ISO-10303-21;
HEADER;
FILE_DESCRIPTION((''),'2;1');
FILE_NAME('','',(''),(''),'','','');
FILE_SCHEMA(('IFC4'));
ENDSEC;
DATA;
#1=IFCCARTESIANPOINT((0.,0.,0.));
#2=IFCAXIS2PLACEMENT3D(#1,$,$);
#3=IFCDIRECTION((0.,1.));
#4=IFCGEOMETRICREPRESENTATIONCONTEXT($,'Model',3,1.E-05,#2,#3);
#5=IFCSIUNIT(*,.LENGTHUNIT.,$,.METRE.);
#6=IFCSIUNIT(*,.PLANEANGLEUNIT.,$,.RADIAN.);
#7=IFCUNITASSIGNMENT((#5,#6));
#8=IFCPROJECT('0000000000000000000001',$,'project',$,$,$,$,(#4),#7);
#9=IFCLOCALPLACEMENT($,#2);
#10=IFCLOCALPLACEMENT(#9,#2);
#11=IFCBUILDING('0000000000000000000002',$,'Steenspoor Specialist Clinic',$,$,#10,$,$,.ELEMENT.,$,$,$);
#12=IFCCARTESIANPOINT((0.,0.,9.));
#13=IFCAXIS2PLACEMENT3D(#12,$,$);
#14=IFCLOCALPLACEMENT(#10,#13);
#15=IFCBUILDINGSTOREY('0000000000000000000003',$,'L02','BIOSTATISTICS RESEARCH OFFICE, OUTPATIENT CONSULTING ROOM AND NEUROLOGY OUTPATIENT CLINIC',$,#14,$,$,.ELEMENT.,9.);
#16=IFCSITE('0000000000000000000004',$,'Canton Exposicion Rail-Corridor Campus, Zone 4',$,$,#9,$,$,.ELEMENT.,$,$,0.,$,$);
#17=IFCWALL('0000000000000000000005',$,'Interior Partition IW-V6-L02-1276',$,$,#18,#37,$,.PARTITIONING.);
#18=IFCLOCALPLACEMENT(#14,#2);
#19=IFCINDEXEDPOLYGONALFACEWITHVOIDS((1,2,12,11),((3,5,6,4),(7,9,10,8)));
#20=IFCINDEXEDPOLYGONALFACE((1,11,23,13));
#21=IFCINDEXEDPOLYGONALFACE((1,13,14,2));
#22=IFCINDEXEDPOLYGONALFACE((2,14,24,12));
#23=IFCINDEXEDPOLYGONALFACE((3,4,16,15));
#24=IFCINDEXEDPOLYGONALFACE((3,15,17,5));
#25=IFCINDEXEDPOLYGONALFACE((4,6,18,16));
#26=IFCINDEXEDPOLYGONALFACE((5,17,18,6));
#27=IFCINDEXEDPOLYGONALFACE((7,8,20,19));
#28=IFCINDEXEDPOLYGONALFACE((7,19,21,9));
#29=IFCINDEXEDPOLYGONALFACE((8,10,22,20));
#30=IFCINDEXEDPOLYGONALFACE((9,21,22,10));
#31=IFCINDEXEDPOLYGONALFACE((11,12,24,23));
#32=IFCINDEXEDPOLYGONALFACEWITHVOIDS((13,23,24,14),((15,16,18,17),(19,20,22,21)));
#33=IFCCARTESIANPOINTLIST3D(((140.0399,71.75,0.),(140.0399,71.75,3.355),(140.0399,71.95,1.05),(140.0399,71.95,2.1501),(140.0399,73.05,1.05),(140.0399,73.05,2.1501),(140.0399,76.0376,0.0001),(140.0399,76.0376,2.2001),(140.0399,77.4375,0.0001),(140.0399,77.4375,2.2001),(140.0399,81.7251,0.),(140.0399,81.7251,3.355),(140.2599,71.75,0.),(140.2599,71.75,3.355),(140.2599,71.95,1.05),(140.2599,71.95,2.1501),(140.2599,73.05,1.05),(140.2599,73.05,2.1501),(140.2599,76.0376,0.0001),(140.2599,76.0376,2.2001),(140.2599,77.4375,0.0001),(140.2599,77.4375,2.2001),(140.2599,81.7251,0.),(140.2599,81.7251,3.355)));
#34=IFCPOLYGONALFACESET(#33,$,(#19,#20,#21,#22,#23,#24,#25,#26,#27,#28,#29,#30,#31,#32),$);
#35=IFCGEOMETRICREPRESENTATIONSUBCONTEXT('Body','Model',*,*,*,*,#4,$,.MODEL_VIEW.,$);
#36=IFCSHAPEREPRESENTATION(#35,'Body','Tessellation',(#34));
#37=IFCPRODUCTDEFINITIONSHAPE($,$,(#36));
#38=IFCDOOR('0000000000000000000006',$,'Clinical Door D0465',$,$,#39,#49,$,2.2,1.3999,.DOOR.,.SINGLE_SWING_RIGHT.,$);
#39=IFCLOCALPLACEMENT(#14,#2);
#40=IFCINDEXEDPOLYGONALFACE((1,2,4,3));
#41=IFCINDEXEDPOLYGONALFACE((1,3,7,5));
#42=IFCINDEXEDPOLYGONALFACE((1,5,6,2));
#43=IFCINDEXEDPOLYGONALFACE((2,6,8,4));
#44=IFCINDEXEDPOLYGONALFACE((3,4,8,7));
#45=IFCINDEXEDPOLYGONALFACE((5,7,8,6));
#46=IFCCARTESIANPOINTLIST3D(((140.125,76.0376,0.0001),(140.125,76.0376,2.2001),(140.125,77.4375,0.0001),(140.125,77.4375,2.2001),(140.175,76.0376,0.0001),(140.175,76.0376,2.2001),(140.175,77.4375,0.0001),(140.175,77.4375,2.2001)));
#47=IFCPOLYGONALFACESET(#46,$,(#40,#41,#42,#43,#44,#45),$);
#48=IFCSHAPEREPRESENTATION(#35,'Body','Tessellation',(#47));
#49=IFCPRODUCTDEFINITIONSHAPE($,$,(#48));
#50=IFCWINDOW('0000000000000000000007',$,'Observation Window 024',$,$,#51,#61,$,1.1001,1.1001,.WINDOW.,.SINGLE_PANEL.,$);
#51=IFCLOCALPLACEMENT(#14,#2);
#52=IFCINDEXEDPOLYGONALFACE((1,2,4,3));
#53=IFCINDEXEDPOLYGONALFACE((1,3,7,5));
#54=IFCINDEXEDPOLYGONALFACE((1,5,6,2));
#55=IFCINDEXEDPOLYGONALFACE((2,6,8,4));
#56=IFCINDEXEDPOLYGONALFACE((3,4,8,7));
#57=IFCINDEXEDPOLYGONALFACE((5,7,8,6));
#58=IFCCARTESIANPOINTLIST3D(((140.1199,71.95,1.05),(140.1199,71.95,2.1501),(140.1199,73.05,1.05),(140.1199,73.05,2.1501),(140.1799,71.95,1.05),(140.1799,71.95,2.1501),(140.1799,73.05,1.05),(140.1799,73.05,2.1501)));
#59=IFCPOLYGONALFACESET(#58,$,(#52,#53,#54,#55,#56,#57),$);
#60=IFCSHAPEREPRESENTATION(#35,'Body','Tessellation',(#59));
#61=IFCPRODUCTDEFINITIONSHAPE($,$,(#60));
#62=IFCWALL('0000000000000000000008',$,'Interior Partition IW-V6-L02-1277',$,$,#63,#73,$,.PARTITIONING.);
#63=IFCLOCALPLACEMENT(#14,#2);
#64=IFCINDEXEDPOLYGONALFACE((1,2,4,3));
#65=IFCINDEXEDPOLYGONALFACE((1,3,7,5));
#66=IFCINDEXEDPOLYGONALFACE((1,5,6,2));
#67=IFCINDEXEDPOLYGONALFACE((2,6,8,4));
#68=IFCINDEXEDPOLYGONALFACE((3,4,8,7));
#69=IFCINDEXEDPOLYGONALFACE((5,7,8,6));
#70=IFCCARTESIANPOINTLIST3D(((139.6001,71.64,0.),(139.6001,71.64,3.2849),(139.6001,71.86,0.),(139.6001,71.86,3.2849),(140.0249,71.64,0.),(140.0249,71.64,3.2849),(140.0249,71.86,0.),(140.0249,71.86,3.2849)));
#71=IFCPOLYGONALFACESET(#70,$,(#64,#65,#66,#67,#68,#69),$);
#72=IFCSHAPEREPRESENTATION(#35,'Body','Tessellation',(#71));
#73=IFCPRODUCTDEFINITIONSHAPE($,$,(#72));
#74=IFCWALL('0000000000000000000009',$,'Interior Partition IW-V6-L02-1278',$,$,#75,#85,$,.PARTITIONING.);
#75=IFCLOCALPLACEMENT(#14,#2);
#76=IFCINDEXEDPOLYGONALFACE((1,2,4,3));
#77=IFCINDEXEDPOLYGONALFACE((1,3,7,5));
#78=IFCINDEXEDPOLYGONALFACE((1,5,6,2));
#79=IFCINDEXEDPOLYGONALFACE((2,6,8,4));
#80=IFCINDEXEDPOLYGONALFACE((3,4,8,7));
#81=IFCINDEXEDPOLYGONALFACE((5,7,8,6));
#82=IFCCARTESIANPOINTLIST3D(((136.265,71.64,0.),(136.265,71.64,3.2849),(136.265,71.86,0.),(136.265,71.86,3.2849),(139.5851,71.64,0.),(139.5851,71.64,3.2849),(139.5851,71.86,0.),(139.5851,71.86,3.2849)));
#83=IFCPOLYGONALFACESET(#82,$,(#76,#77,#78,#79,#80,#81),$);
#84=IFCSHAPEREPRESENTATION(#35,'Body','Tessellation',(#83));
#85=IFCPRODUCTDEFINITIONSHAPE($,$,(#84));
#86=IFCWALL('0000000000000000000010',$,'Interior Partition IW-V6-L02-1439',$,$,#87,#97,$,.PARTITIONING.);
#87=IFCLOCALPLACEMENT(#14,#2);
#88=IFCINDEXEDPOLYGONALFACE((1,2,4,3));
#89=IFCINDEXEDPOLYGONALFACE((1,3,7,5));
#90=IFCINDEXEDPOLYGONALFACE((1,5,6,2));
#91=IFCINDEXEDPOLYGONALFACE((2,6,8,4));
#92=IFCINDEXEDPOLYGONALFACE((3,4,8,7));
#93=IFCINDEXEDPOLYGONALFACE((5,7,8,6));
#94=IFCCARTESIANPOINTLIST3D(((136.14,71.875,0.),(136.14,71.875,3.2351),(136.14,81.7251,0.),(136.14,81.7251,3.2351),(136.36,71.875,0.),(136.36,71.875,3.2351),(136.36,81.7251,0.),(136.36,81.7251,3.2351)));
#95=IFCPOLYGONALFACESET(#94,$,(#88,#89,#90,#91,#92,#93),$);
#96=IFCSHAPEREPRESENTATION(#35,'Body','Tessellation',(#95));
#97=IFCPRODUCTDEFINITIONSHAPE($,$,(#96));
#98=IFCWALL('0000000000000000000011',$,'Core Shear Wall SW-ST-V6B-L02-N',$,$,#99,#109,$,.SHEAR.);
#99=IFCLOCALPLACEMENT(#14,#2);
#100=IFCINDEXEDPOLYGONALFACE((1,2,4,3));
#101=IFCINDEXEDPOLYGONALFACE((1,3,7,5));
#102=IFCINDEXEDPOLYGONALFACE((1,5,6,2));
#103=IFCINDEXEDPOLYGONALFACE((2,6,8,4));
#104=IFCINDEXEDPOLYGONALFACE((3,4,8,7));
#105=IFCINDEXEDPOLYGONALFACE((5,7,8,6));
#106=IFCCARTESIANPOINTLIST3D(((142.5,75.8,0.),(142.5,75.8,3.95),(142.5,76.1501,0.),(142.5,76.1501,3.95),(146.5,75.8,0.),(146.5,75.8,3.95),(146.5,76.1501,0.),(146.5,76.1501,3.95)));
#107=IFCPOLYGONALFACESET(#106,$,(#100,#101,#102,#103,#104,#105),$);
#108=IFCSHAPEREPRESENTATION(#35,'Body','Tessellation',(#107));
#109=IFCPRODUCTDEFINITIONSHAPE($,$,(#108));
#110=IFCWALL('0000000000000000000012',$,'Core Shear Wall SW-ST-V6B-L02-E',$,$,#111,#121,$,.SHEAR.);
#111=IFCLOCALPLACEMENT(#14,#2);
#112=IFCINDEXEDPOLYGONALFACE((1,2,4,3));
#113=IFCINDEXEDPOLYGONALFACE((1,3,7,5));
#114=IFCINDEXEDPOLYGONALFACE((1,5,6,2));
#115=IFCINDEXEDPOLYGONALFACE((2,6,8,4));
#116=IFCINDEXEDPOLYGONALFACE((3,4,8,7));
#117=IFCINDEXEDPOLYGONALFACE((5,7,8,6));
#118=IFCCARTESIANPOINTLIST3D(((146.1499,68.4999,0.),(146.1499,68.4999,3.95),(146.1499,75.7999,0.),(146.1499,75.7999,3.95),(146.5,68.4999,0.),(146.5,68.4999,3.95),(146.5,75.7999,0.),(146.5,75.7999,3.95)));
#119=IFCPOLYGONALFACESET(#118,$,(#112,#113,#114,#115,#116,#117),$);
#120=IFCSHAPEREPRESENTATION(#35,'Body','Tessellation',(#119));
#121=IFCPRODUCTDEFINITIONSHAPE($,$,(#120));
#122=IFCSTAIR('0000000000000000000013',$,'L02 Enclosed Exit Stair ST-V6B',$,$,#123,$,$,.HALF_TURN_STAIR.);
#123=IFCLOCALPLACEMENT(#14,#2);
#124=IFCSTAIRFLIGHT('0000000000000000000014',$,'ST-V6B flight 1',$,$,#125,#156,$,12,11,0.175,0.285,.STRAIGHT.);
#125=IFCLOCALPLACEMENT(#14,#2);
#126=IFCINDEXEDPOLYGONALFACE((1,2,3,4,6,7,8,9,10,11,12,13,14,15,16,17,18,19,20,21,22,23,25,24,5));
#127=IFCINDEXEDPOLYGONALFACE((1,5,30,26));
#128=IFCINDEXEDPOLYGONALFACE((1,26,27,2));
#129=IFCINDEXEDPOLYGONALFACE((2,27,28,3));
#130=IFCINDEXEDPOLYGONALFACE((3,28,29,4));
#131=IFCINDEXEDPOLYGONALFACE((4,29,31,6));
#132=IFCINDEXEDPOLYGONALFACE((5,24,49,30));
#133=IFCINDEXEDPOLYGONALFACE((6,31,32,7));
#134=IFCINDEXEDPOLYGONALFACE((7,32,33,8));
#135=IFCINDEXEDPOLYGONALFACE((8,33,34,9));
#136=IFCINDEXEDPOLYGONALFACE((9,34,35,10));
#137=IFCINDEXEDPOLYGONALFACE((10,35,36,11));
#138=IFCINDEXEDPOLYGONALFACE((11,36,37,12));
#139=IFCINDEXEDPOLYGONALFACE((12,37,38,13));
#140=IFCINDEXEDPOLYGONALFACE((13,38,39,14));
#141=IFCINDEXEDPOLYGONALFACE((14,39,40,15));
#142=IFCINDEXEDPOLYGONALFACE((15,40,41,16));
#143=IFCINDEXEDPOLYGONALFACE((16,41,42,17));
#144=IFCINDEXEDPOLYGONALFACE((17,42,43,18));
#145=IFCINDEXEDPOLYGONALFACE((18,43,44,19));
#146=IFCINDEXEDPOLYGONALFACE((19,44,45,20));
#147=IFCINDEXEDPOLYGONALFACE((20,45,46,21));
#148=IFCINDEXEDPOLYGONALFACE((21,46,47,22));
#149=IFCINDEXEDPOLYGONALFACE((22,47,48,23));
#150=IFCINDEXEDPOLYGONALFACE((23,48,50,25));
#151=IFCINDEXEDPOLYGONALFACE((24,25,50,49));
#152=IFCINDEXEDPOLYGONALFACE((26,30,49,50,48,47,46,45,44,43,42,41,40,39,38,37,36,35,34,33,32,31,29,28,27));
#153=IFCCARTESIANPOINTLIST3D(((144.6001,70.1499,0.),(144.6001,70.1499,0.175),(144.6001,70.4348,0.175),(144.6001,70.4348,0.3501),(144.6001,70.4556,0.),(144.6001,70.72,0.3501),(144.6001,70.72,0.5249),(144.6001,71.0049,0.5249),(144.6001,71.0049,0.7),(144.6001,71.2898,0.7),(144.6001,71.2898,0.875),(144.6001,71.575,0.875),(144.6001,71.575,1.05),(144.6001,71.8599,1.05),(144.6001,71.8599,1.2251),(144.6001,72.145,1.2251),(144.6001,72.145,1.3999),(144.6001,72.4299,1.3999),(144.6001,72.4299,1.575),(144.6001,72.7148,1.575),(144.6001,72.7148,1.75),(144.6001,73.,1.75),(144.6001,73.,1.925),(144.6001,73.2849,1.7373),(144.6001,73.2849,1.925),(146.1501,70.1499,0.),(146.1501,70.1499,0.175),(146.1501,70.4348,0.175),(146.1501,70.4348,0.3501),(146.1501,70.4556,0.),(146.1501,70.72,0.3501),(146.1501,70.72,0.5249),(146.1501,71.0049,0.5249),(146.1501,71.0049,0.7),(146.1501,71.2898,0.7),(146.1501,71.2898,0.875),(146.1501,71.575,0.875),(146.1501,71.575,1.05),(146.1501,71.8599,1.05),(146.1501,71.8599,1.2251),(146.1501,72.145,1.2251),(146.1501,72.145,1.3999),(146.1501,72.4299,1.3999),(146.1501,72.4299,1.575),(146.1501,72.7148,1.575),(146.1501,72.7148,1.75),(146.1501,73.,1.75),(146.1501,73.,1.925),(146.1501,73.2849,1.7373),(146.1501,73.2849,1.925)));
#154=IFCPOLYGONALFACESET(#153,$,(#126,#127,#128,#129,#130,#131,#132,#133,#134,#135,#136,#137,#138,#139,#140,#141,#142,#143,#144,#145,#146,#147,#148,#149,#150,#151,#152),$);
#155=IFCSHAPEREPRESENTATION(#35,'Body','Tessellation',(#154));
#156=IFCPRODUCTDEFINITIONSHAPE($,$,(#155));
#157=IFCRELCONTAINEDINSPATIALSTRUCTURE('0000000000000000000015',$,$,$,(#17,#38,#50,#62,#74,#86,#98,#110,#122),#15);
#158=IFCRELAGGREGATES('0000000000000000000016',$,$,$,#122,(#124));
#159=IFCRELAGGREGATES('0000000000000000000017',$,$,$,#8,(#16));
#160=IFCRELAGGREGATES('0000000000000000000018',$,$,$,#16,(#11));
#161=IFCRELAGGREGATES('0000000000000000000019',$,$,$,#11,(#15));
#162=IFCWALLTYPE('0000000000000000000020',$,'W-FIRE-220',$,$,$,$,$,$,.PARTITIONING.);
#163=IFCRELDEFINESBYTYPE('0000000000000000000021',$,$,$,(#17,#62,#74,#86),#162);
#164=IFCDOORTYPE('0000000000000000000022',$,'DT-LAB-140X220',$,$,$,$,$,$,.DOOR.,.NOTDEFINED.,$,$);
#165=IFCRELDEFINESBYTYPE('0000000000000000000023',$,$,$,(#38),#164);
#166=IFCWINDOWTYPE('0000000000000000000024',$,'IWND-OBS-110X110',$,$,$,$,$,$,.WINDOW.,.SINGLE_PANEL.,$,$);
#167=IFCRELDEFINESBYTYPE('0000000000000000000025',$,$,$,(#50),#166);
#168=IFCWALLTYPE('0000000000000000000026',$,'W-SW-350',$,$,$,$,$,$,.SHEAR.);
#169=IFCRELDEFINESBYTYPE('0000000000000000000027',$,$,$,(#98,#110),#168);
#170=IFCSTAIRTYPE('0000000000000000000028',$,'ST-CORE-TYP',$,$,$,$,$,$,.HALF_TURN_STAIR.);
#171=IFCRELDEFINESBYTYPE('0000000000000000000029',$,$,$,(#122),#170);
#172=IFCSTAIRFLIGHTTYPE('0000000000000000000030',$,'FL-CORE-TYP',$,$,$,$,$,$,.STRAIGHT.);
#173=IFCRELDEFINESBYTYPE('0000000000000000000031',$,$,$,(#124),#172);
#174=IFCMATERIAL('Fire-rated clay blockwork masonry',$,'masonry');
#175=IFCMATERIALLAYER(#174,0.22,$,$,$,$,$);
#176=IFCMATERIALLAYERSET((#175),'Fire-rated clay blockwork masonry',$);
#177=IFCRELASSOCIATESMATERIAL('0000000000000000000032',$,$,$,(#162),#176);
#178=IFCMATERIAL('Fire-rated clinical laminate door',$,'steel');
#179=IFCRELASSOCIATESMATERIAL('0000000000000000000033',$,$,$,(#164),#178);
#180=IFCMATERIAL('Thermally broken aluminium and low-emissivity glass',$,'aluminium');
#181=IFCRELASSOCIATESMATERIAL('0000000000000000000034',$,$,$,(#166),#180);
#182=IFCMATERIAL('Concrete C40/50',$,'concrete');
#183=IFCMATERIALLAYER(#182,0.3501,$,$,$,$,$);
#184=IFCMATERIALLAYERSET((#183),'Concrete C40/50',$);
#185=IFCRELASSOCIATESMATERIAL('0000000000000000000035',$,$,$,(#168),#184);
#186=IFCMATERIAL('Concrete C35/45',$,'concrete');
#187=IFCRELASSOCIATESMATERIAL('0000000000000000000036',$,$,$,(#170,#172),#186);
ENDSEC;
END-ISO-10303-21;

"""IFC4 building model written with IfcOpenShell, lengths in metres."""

from ifc_helpers import new_model, si_unit, direction, frame, frame_2d, origin, place, context, subcontext, project, spatial, polyline, rectangle, outline, extrude, material, layer, layer_set, type_object, element, fill, aggregate, save


model = new_model("IFC4")

# Units and contexts
model_context = context("Model", 3, precision=1e-05, world=origin(), true_north=direction((0.0, 1.0)))
body_context = subcontext(model_context, "Body", "Model", "MODEL_VIEW")
ifc_project = project(units=[si_unit("LENGTHUNIT", "METRE"), si_unit("PLANEANGLEUNIT", "RADIAN")], contexts=[model_context])

# Site, building, storey
site_placement = place(None, origin())
site = spatial("IfcSite", under=ifc_project, at=site_placement, Name="Canton Exposicion Rail-Corridor Campus, Zone 4", CompositionType="ELEMENT", RefElevation=0.0)
building_placement = place(site_placement, origin())
building = spatial("IfcBuilding", under=site, at=building_placement, Name="Steenspoor Specialist Clinic", CompositionType="ELEMENT")
storey_placement = place(building_placement, frame((0.0, 0.0, 9.0)))
storey = spatial("IfcBuildingStorey", under=building, at=storey_placement, Name="L02", Description="BIOSTATISTICS RESEARCH OFFICE, OUTPATIENT CONSULTING ROOM AND NEUROLOGY OUTPATIENT CLINIC", CompositionType="ELEMENT", Elevation=9.0)

# Shared definitions
ifc_material_1 = material(Name="Concrete C40/50", Category="concrete")

# Shared definitions
ifc_material_2 = material(Name="Concrete C35/45", Category="concrete")

# Wall, openings, door, window
ifc_material_3 = material(Name="Fire-rated clay blockwork masonry", Category="masonry")
ifc_layer_1 = layer(ifc_material_3, 0.22)
ifc_layer_set_1 = layer_set([ifc_layer_1], Name="Fire-rated clay blockwork masonry")
wall_type_1 = type_object("IfcWallType", Name="W-FIRE-220", PredefinedType="PARTITIONING", material=ifc_layer_set_1)
wall_1_placement = place(storey_placement, frame((140.1499, 71.75, 0.0), z_axis=(0.0, 0.0, 1.0), x_axis=(0.0, 1.0, 0.0)))
wall_1 = element("IfcWall", 1, at=wall_1_placement, inside=storey, type_object=wall_type_1, Name="Interior Partition IW-V6-L02-1276", PredefinedType="PARTITIONING", context=body_context, shape_type="SweptSolid", body=[
    extrude(rectangle(XDim=9.9751, YDim=0.22, at=frame_2d((4.9875, 0.0))), origin(), (0.0, 0.0, 1.0), 3.355),
])
opening_1_placement = place(wall_1_placement, frame((4.2876, 0.0, 0.0)))
opening_1 = element("IfcOpeningElement", 2, at=opening_1_placement, cuts=wall_1, PredefinedType="OPENING", context=body_context, shape_type="SweptSolid", body=[
    extrude(rectangle(XDim=1.3999, YDim=2.2, at=frame_2d((0.7, 1.1001))), frame((0.0, 0.1201, 0.0), z_axis=(0.0, -1.0, 0.0), x_axis=(1.0, 0.0, 0.0)), (0.0, 0.0, 1.0), 0.24),
])
opening_2_placement = place(wall_1_placement, frame((0.2, 0.0, 1.05)))
opening_2 = element("IfcOpeningElement", 3, at=opening_2_placement, cuts=wall_1, PredefinedType="OPENING", context=body_context, shape_type="SweptSolid", body=[
    extrude(rectangle(XDim=1.1001, YDim=1.1001, at=frame_2d((0.55, 0.55))), frame((0.0, 0.1201, 0.0), z_axis=(0.0, -1.0, 0.0), x_axis=(1.0, 0.0, 0.0)), (0.0, 0.0, 1.0), 0.24),
])
ifc_material_4 = material(Name="Fire-rated clinical laminate door", Category="steel")
door_type_1 = type_object("IfcDoorType", Name="DT-LAB-140X220", OperationType="NOTDEFINED", PredefinedType="DOOR", material=ifc_material_4)
door_1_placement = place(opening_1_placement, origin())
door_1 = element("IfcDoor", 4, at=door_1_placement, inside=storey, type_object=door_type_1, Name="Clinical Door D0465", OperationType="SINGLE_SWING_RIGHT", OverallHeight=2.2, OverallWidth=1.3999, PredefinedType="DOOR", context=body_context, shape_type="SweptSolid", body=[
    extrude(rectangle(XDim=1.3999, YDim=2.2, at=frame_2d((0.7, 1.1001))), frame((0.0, 0.0249, 0.0), z_axis=(0.0, -1.0, 0.0), x_axis=(1.0, 0.0, 0.0)), (0.0, 0.0, 1.0), 0.05),
])
fill(opening_1, door_1)
ifc_material_5 = material(Name="Thermally broken aluminium and low-emissivity glass", Category="aluminium")
window_type = type_object("IfcWindowType", Name="IWND-OBS-110X110", PartitioningType="SINGLE_PANEL", PredefinedType="WINDOW", material=ifc_material_5)
window_placement = place(opening_2_placement, origin())
window = element("IfcWindow", 5, at=window_placement, inside=storey, type_object=window_type, Name="Observation Window 024", OverallHeight=1.1001, OverallWidth=1.1001, PartitioningType="SINGLE_PANEL", PredefinedType="WINDOW", context=body_context, shape_type="SweptSolid", body=[
    extrude(rectangle(XDim=1.1001, YDim=1.1001, at=frame_2d((0.55, 0.55))), frame((0.0, 0.03, 0.0), z_axis=(0.0, -1.0, 0.0), x_axis=(1.0, 0.0, 0.0)), (0.0, 0.0, 1.0), 0.0601),
])
fill(opening_2, window)

# Walls
wall_2_placement = place(storey_placement, frame((139.6001, 71.75, 0.0), z_axis=(0.0, 0.0, 1.0), x_axis=(1.0, 0.0, 0.0)))
element("IfcWall", 6, at=wall_2_placement, inside=storey, type_object=wall_type_1, Name="Interior Partition IW-V6-L02-1277", PredefinedType="PARTITIONING", context=body_context, shape_type="SweptSolid", body=[
    extrude(rectangle(XDim=0.4248, YDim=0.22, at=frame_2d((0.2124, 0.0))), origin(), (0.0, 0.0, 1.0), 3.2849),
])
wall_3_placement = place(storey_placement, frame((136.2649, 71.75, 0.0), z_axis=(0.0, 0.0, 1.0), x_axis=(1.0, 0.0, 0.0)))
element("IfcWall", 7, at=wall_3_placement, inside=storey, type_object=wall_type_1, Name="Interior Partition IW-V6-L02-1278", PredefinedType="PARTITIONING", context=body_context, shape_type="SweptSolid", body=[
    extrude(rectangle(XDim=3.3201, YDim=0.22, at=frame_2d((1.6602, 0.0))), origin(), (0.0, 0.0, 1.0), 3.2849),
])
wall_4_placement = place(storey_placement, frame((136.25, 71.875, 0.0), z_axis=(0.0, 0.0, 1.0), x_axis=(0.0, 1.0, 0.0)))
element("IfcWall", 8, at=wall_4_placement, inside=storey, type_object=wall_type_1, Name="Interior Partition IW-V6-L02-1439", PredefinedType="PARTITIONING", context=body_context, shape_type="SweptSolid", body=[
    extrude(rectangle(XDim=9.8501, YDim=0.22, at=frame_2d((4.925, 0.0))), origin(), (0.0, 0.0, 1.0), 3.2351),
])
ifc_layer_2 = layer(ifc_material_1, 0.3501)
ifc_layer_set_2 = layer_set([ifc_layer_2], Name="Concrete C40/50")
wall_type_2 = type_object("IfcWallType", Name="W-SW-350", PredefinedType="SHEAR", material=ifc_layer_set_2)
wall_5_placement = place(storey_placement, frame((142.5, 75.9751, 0.0), z_axis=(0.0, 0.0, 1.0), x_axis=(1.0, 0.0, 0.0)))
element("IfcWall", 9, at=wall_5_placement, inside=storey, type_object=wall_type_2, Name="Core Shear Wall SW-ST-V6B-L02-N", PredefinedType="SHEAR", context=body_context, shape_type="SweptSolid", body=[
    extrude(rectangle(XDim=4.0, YDim=0.3501, at=frame_2d((2.0, 0.0))), origin(), (0.0, 0.0, 1.0), 3.95),
])
wall_6_placement = place(storey_placement, frame((146.325, 68.5, 0.0), z_axis=(0.0, 0.0, 1.0), x_axis=(0.0, 1.0, 0.0)))
element("IfcWall", 10, at=wall_6_placement, inside=storey, type_object=wall_type_2, Name="Core Shear Wall SW-ST-V6B-L02-E", PredefinedType="SHEAR", context=body_context, shape_type="SweptSolid", body=[
    extrude(rectangle(XDim=7.3, YDim=0.3501, at=frame_2d((3.6499, 0.0))), origin(), (0.0, 0.0, 1.0), 3.95),
])

# Stair, stair flight
stair_type = type_object("IfcStairType", Name="ST-CORE-TYP", PredefinedType="HALF_TURN_STAIR", material=ifc_material_2)
stair_placement = place(storey_placement, origin())
stair = element("IfcStair", 11, at=stair_placement, inside=storey, type_object=stair_type, Name="L02 Enclosed Exit Stair ST-V6B", PredefinedType="HALF_TURN_STAIR")
stair_flight_type = type_object("IfcStairFlightType", Name="FL-CORE-TYP", PredefinedType="STRAIGHT", material=ifc_material_2)
stair_flight_1_placement = place(storey_placement, frame((145.375, 70.1499, 0.0), z_axis=(0.0, 0.0, 1.0), x_axis=(0.0, 1.0, 0.0)))
stair_flight_1 = element("IfcStairFlight", 12, at=stair_flight_1_placement, type_object=stair_flight_type, Name="ST-V6B flight 1", NumberOfRisers=12, NumberOfTreads=11, PredefinedType="STRAIGHT", RiserHeight=0.175, TreadLength=0.285, context=body_context, shape_type="SweptSolid", body=[
    extrude(outline(polyline([(0.0, 0.0), (0.0, 0.175), (0.2849, 0.175), (0.2849, 0.3501), (0.5701, 0.3501), (0.5701, 0.5249), (0.855, 0.5249), (0.855, 0.7), (1.1399, 0.7), (1.1399, 0.875), (1.425, 0.875), (1.425, 1.05), (1.71, 1.05), (1.71, 1.2251), (1.9951, 1.2251), (1.9951, 1.3999), (2.28, 1.3999), (2.28, 1.575), (2.5649, 1.575), (2.5649, 1.75), (2.8501, 1.75), (2.8501, 1.925), (3.135, 1.925), (3.135, 2.1001), (3.135, 1.7373), (0.3057, 0.0), (0.0, 0.0)])), frame((0.0, 0.7749, 0.0), z_axis=(0.0, -1.0, 0.0), x_axis=(1.0, 0.0, 0.0)), (0.0, 0.0, 1.0), 1.55),
])
aggregate(stair, [stair_flight_1])

save(model, "model.ifc")
